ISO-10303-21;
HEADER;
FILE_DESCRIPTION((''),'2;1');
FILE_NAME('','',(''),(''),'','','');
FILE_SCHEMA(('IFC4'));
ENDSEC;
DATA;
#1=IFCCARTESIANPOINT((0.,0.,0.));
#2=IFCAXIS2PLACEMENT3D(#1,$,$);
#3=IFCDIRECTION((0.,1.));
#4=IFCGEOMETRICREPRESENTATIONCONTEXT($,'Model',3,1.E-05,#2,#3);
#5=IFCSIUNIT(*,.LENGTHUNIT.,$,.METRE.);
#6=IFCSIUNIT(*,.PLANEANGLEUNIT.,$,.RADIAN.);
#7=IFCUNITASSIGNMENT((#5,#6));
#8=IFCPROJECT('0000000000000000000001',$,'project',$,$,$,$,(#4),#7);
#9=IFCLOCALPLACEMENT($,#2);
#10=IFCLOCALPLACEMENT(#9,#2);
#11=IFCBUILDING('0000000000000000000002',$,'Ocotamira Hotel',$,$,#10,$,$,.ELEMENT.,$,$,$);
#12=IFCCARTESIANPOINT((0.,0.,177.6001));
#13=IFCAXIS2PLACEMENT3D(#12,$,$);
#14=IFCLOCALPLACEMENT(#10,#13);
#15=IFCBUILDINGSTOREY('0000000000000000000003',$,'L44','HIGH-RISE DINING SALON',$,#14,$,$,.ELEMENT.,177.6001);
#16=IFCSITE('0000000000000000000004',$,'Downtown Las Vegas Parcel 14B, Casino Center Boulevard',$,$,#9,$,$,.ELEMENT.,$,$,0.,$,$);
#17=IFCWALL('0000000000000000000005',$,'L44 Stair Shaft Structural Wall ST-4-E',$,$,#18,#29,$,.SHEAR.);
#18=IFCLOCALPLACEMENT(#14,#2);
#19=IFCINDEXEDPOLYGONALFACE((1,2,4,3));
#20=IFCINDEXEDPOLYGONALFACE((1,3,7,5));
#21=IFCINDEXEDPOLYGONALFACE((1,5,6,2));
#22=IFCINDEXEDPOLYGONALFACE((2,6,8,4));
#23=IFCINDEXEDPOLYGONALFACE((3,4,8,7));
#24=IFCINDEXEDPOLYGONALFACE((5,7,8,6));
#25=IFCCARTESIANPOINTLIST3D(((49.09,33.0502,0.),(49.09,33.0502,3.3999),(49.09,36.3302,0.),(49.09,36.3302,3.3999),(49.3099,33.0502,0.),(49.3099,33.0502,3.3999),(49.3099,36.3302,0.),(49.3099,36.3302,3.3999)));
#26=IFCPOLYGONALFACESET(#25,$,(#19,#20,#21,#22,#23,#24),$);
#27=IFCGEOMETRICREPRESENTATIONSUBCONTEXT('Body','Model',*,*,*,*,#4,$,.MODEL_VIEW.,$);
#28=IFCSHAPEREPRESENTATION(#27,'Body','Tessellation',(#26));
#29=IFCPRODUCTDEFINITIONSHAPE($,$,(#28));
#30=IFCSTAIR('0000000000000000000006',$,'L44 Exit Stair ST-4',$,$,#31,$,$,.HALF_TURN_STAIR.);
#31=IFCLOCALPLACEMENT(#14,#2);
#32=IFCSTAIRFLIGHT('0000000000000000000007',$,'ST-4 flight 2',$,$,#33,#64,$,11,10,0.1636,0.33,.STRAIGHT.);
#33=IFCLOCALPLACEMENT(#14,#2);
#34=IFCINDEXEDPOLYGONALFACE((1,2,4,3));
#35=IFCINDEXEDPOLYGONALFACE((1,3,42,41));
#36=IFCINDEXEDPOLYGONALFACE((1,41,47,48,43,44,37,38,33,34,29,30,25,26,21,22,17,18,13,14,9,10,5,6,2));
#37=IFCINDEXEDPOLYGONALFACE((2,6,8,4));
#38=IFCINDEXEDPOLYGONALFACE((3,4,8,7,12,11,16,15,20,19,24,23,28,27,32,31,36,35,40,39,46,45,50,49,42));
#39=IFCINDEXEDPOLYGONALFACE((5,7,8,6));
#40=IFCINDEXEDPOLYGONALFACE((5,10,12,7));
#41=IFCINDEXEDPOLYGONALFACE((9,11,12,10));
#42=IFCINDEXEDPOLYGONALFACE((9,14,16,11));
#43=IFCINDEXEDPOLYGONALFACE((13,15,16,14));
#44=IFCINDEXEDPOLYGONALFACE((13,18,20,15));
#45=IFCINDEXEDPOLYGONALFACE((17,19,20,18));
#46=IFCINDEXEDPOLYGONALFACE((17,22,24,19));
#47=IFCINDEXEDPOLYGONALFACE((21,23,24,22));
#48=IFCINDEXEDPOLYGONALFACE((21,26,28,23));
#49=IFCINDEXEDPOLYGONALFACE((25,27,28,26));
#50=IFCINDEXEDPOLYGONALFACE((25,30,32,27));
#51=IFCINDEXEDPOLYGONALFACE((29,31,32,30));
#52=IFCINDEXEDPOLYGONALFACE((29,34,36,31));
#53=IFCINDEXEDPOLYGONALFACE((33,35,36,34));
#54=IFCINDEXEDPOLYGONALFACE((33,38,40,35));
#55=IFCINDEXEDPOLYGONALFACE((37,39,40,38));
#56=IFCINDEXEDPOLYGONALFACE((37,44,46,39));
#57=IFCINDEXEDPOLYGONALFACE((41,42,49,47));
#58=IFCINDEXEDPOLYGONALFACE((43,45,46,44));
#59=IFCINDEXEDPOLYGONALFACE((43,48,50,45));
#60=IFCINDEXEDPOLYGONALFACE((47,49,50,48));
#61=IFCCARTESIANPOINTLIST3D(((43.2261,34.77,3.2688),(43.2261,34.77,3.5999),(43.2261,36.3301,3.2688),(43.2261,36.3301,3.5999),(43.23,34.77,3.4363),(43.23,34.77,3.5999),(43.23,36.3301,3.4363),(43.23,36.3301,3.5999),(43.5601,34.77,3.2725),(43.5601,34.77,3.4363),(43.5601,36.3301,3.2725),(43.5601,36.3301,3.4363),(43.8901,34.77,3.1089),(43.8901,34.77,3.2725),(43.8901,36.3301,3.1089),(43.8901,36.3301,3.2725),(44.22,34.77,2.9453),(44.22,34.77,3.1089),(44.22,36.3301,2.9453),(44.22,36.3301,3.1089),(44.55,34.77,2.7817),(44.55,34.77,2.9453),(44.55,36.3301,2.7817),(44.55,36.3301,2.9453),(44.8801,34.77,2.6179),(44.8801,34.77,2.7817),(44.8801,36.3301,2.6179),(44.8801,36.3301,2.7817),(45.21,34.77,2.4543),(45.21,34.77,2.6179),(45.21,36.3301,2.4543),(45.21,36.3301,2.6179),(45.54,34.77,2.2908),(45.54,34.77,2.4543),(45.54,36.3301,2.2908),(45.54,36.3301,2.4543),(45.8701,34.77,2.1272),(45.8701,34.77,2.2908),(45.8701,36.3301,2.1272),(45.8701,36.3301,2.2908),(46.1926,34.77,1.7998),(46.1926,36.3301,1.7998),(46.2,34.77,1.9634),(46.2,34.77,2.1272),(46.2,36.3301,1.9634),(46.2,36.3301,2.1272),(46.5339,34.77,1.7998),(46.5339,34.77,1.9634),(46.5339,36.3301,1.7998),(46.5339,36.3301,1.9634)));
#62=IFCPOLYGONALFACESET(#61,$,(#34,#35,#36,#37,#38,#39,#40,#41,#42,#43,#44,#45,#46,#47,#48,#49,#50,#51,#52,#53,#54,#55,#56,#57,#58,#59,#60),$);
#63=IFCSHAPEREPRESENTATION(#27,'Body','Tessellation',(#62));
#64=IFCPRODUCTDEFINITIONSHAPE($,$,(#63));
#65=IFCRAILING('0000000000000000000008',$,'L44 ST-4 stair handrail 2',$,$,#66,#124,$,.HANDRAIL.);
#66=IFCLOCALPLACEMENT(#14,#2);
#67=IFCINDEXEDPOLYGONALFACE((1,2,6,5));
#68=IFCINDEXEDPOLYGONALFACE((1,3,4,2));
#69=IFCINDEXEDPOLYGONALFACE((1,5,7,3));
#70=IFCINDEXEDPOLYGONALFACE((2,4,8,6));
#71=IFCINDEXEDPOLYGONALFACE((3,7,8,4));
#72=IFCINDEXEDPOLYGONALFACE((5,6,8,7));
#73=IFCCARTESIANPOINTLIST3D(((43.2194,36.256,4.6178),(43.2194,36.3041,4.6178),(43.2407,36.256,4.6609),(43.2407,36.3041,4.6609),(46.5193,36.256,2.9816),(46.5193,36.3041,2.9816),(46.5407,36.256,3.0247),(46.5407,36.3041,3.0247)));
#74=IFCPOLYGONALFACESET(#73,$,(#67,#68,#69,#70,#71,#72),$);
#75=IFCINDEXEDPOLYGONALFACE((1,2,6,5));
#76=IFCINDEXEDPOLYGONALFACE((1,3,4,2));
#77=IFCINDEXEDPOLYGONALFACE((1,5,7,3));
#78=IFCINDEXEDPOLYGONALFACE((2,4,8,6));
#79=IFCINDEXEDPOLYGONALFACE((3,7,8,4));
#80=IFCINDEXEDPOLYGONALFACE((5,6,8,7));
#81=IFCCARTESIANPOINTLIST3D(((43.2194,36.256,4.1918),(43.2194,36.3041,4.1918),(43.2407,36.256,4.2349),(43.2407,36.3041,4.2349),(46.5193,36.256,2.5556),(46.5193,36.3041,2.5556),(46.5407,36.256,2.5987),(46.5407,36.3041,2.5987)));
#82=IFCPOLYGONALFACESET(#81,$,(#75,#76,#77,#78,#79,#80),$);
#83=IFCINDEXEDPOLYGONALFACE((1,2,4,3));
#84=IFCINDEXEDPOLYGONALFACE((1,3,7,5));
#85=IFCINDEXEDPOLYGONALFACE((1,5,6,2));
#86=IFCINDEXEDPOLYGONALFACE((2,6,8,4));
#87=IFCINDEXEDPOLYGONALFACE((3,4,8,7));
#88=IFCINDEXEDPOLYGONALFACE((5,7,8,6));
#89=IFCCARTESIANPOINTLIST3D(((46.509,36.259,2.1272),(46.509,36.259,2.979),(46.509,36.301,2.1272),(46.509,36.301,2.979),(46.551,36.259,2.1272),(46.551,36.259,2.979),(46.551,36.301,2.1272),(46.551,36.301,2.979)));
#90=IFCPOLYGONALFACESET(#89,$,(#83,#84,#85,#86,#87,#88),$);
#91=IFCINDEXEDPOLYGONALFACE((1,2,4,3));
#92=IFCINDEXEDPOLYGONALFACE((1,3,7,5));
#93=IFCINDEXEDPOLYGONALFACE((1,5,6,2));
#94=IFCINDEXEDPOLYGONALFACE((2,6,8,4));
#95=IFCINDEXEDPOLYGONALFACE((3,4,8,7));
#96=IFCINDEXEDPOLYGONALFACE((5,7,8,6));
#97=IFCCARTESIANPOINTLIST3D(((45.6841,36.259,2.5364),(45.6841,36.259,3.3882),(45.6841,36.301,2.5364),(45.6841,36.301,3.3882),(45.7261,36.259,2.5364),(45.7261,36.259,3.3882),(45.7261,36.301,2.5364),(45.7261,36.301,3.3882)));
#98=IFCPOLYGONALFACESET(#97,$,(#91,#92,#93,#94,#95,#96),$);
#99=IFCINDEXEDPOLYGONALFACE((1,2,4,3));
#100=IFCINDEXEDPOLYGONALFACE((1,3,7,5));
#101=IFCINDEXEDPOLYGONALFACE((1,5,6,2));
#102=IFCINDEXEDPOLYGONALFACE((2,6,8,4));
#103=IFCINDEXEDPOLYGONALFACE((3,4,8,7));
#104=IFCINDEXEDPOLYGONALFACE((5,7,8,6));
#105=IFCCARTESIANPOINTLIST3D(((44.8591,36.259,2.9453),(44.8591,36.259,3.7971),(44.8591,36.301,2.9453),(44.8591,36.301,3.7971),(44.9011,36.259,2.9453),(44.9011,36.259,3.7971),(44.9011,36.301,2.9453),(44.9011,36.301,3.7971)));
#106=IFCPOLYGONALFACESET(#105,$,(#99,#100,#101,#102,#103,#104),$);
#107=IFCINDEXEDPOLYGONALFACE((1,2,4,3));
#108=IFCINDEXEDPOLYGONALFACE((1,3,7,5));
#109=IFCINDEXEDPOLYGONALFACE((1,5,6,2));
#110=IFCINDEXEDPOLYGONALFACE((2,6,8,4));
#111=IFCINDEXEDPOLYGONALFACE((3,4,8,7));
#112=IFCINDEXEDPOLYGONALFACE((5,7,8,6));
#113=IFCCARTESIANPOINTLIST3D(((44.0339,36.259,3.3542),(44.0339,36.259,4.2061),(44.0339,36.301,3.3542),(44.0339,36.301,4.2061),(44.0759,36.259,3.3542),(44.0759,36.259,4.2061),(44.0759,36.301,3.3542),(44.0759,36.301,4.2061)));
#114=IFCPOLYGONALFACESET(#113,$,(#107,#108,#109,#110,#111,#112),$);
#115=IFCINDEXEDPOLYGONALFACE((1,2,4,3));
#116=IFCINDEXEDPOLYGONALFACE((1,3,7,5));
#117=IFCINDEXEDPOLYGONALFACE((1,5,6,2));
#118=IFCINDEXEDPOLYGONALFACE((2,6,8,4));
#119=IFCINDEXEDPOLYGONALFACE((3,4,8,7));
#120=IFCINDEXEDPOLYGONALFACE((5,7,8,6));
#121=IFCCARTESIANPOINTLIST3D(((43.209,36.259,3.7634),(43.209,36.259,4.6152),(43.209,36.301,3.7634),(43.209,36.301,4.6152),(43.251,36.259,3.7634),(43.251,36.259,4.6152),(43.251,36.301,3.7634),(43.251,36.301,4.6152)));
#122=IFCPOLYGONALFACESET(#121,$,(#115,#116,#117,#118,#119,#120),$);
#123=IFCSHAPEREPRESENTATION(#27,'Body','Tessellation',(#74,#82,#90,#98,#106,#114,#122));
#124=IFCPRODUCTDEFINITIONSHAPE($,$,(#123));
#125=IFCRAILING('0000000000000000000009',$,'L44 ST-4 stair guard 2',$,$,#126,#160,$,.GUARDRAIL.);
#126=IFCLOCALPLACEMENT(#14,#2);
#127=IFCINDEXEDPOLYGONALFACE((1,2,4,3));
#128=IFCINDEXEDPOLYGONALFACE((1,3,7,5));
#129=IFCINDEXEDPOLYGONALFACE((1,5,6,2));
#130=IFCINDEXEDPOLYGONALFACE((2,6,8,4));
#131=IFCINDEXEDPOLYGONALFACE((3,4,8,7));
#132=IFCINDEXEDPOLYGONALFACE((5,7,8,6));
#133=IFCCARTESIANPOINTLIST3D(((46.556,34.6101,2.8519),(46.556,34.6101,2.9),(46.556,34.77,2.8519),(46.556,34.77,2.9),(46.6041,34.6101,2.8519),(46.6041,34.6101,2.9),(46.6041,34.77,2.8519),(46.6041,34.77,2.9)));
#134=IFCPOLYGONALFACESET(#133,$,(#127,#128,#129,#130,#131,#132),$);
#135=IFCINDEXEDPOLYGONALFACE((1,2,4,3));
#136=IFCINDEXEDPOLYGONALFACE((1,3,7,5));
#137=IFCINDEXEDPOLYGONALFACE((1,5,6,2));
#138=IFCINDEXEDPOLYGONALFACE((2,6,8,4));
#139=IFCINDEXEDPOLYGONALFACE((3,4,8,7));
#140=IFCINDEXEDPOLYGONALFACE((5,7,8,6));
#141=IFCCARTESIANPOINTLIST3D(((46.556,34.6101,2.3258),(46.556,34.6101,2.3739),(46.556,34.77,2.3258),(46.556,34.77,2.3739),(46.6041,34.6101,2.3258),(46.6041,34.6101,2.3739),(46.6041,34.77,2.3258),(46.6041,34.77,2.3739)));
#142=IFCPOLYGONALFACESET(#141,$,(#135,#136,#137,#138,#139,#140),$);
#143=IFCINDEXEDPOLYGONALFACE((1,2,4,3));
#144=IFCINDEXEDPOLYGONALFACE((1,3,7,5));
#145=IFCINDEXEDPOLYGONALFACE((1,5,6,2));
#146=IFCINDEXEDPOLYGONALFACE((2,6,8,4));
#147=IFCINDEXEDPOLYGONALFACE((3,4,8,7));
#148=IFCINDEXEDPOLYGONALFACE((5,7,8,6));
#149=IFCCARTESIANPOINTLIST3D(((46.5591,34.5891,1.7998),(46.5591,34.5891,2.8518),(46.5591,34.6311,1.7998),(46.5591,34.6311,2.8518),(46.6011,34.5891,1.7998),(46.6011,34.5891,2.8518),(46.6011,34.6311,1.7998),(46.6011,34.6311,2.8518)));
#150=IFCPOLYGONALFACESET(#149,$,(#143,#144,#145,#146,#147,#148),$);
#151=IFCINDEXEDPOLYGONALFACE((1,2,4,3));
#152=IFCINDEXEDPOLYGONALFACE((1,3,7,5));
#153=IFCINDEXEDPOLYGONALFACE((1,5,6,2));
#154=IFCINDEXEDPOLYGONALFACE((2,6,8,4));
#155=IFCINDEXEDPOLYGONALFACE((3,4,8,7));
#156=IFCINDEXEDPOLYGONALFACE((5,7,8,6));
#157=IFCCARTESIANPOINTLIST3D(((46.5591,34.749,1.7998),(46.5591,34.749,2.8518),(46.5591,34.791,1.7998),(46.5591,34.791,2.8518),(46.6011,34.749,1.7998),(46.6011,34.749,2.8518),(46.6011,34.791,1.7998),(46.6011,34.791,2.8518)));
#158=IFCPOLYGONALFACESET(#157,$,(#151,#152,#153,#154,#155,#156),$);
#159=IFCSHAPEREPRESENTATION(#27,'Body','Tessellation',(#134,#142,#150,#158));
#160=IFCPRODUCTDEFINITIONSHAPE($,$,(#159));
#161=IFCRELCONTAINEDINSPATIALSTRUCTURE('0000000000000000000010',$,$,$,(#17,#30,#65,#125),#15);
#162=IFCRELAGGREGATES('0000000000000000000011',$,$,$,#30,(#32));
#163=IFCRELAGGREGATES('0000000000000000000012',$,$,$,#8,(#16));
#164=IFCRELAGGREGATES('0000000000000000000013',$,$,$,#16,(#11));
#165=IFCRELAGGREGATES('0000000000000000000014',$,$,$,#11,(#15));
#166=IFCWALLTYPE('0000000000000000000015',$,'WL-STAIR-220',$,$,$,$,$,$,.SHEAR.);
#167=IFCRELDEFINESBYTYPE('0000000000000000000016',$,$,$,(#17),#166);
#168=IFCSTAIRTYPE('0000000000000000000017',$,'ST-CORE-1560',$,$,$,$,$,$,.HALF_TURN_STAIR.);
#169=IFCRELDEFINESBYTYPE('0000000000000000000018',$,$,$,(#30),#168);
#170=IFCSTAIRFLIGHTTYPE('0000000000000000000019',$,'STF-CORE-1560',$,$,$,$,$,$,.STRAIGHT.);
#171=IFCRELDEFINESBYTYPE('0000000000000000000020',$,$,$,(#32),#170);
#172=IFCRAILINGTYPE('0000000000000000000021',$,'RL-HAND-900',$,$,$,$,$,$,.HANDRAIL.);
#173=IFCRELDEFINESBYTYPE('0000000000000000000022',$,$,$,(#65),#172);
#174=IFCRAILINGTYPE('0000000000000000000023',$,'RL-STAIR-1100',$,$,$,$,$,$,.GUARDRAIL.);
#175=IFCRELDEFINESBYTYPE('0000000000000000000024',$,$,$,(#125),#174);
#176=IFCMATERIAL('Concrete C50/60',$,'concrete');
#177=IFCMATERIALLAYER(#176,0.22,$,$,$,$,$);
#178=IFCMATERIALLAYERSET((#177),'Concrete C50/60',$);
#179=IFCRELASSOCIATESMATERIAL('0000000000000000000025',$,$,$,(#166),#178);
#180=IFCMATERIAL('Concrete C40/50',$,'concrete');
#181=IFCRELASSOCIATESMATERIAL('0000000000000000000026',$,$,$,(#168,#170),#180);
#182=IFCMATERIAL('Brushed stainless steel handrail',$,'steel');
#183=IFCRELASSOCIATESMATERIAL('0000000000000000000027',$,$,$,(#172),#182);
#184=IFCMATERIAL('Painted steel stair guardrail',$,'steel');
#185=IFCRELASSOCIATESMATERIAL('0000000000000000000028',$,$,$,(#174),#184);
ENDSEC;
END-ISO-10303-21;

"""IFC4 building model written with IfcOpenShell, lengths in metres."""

from ifc_helpers import new_model, si_unit, direction, frame, frame_2d, origin, origin_2d, place, context, subcontext, project, spatial, polyline, rectangle, outline, extrude, source, transform, mapped, material, layer, layer_set, type_object, element, aggregate, save


model = new_model("IFC4")

# Units and contexts
model_context = context("Model", 3, precision=1e-05, world=origin(), true_north=direction((0.0, 1.0)))
body_context = subcontext(model_context, "Body", "Model", "MODEL_VIEW")
ifc_project = project(units=[si_unit("LENGTHUNIT", "METRE"), si_unit("PLANEANGLEUNIT", "RADIAN")], contexts=[model_context])

# Site, building, storey
site_placement = place(None, origin())
site = spatial("IfcSite", under=ifc_project, at=site_placement, Name="Downtown Las Vegas Parcel 14B, Casino Center Boulevard", CompositionType="ELEMENT", RefElevation=0.0)
building_placement = place(site_placement, origin())
building = spatial("IfcBuilding", under=site, at=building_placement, Name="Ocotamira Hotel", CompositionType="ELEMENT")
storey_placement = place(building_placement, frame((0.0, 0.0, 177.6001)))
storey = spatial("IfcBuildingStorey", under=building, at=storey_placement, Name="L44", Description="HIGH-RISE DINING SALON", CompositionType="ELEMENT", Elevation=177.6001)

# Wall
ifc_material_1 = material(Name="Concrete C50/60", Category="concrete")
ifc_layer_1 = layer(ifc_material_1, 0.22)
ifc_layer_set_1 = layer_set([ifc_layer_1], Name="Concrete C50/60")
wall_type_1 = type_object("IfcWallType", Name="WL-STAIR-220", PredefinedType="SHEAR", material=ifc_layer_set_1)
wall_1_placement = place(storey_placement, frame((49.2, 33.05, 0.0), z_axis=(0.0, 0.0, 1.0), x_axis=(0.0, 1.0, 0.0)))
element("IfcWall", 1, at=wall_1_placement, inside=storey, type_object=wall_type_1, Name="L44 Stair Shaft Structural Wall ST-4-E", PredefinedType="SHEAR", context=body_context, shape_type="SweptSolid", body=[
    extrude(rectangle(XDim=3.28, YDim=0.22, at=frame_2d((1.6401, 0.0))), origin(), (0.0, 0.0, 1.0), 3.3999),
])

# Stair, stair flight
ifc_material_2 = material(Name="Concrete C40/50", Category="concrete")
stair_type = type_object("IfcStairType", Name="ST-CORE-1560", PredefinedType="HALF_TURN_STAIR", material=ifc_material_2)
stair_placement = place(storey_placement, origin())
stair = element("IfcStair", 2, at=stair_placement, inside=storey, type_object=stair_type, Name="L44 Exit Stair ST-4", PredefinedType="HALF_TURN_STAIR")
stair_flight_type = type_object("IfcStairFlightType", Name="STF-CORE-1560", PredefinedType="STRAIGHT", material=ifc_material_2)
shared_shape_1 = source(origin(), body_context, "Body", "SweptSolid", [
    extrude(outline(polyline([(-0.0039, 0.0), (-0.0039, 0.1636), (0.3301, 0.1636), (0.3301, 0.3274), (0.6599, 0.3274), (0.6599, 0.491), (0.99, 0.491), (0.99, 0.6545), (1.3201, 0.6545), (1.3201, 0.8181), (1.6499, 0.8181), (1.6499, 0.9819), (1.98, 0.9819), (1.98, 1.1455), (2.3101, 1.1455), (2.3101, 1.3091), (2.6399, 1.3091), (2.6399, 1.4727), (2.97, 1.4727), (2.97, 1.6365), (3.3, 1.6365), (3.3, 1.8), (3.304, 1.8), (3.304, 1.469), (0.3374, 0.0), (-0.0039, 0.0)])), frame((0.0, 0.78, 0.0), z_axis=(0.0, -1.0, 0.0), x_axis=(1.0, 0.0, 0.0)), (0.0, 0.0, 1.0), 1.5601),
])
stair_flight_placement = place(storey_placement, frame((46.53, 35.55, 1.7998), z_axis=(0.0, 0.0, 1.0), x_axis=(-1.0, 0.0, 0.0)))
stair_flight = element("IfcStairFlight", 3, at=stair_flight_placement, type_object=stair_flight_type, Name="ST-4 flight 2", NumberOfRisers=11, NumberOfTreads=10, PredefinedType="STRAIGHT", RiserHeight=0.1636, TreadLength=0.33, context=body_context, shape_type="MappedRepresentation", body=[
    mapped(shared_shape_1, transform((0.0, 0.0, 0.0), scale=1.0)),
])
aggregate(stair, [stair_flight])

# Railings
ifc_material_3 = material(Name="Brushed stainless steel handrail", Category="steel")
railing_type_1 = type_object("IfcRailingType", Name="RL-HAND-900", PredefinedType="HANDRAIL", material=ifc_material_3)
railing_1_placement = place(storey_placement, frame((46.53, 36.28, 2.1272)))
element("IfcRailing", 4, at=railing_1_placement, inside=storey, type_object=railing_type_1, Name="L44 ST-4 stair handrail 2", PredefinedType="HANDRAIL", context=body_context, shape_type="SweptSolid", body=[
    extrude(rectangle(XDim=0.0481, YDim=0.0481, at=origin_2d()), frame((0.0, 0.0, 0.876), z_axis=(-0.89592, 0.0, 0.444215), x_axis=(0.0, -1.0, 0.0)), (0.0, 0.0, 1.0), 3.6833),
    extrude(rectangle(XDim=0.0481, YDim=0.0481, at=origin_2d()), frame((0.0, 0.0, 0.45), z_axis=(-0.89592, 0.0, 0.444215), x_axis=(0.0, -1.0, 0.0)), (0.0, 0.0, 1.0), 3.6833),
    extrude(rectangle(XDim=0.042, YDim=0.042, at=origin_2d()), origin(), (0.0, 0.0, 1.0), 0.8518),
    extrude(rectangle(XDim=0.042, YDim=0.042, at=origin_2d()), frame((-0.825, 0.0, 0.4092)), (0.0, 0.0, 1.0), 0.8518),
    extrude(rectangle(XDim=0.042, YDim=0.042, at=origin_2d()), frame((-1.6499, 0.0, 0.8181)), (0.0, 0.0, 1.0), 0.8518),
    extrude(rectangle(XDim=0.042, YDim=0.042, at=origin_2d()), frame((-2.4751, 0.0, 1.2271)), (0.0, 0.0, 1.0), 0.8518),
    extrude(rectangle(XDim=0.042, YDim=0.042, at=origin_2d()), frame((-3.3, 0.0, 1.6362)), (0.0, 0.0, 1.0), 0.8518),
])
ifc_material_4 = material(Name="Painted steel stair guardrail", Category="steel")
railing_type_2 = type_object("IfcRailingType", Name="RL-STAIR-1100", PredefinedType="GUARDRAIL", material=ifc_material_4)
railing_2_placement = place(storey_placement, frame((46.5801, 34.6101, 1.7998)))
element("IfcRailing", 5, at=railing_2_placement, inside=storey, type_object=railing_type_2, Name="L44 ST-4 stair guard 2", PredefinedType="GUARDRAIL", context=body_context, shape_type="SweptSolid", body=[
    extrude(rectangle(XDim=0.0481, YDim=0.0481, at=origin_2d()), frame((0.0, 0.0, 1.0762), z_axis=(0.0, 1.0, 0.0), x_axis=(-1.0, 0.0, 0.0)), (0.0, 0.0, 1.0), 0.1599),
    extrude(rectangle(XDim=0.0481, YDim=0.0481, at=origin_2d()), frame((0.0, 0.0, 0.55), z_axis=(0.0, 1.0, 0.0), x_axis=(-1.0, 0.0, 0.0)), (0.0, 0.0, 1.0), 0.1599),
    extrude(rectangle(XDim=0.042, YDim=0.042, at=origin_2d()), origin(), (0.0, 0.0, 1.0), 1.052),
    extrude(rectangle(XDim=0.042, YDim=0.042, at=origin_2d()), frame((0.0, 0.1599, 0.0)), (0.0, 0.0, 1.0), 1.052),
])

save(model, "model.ifc")
